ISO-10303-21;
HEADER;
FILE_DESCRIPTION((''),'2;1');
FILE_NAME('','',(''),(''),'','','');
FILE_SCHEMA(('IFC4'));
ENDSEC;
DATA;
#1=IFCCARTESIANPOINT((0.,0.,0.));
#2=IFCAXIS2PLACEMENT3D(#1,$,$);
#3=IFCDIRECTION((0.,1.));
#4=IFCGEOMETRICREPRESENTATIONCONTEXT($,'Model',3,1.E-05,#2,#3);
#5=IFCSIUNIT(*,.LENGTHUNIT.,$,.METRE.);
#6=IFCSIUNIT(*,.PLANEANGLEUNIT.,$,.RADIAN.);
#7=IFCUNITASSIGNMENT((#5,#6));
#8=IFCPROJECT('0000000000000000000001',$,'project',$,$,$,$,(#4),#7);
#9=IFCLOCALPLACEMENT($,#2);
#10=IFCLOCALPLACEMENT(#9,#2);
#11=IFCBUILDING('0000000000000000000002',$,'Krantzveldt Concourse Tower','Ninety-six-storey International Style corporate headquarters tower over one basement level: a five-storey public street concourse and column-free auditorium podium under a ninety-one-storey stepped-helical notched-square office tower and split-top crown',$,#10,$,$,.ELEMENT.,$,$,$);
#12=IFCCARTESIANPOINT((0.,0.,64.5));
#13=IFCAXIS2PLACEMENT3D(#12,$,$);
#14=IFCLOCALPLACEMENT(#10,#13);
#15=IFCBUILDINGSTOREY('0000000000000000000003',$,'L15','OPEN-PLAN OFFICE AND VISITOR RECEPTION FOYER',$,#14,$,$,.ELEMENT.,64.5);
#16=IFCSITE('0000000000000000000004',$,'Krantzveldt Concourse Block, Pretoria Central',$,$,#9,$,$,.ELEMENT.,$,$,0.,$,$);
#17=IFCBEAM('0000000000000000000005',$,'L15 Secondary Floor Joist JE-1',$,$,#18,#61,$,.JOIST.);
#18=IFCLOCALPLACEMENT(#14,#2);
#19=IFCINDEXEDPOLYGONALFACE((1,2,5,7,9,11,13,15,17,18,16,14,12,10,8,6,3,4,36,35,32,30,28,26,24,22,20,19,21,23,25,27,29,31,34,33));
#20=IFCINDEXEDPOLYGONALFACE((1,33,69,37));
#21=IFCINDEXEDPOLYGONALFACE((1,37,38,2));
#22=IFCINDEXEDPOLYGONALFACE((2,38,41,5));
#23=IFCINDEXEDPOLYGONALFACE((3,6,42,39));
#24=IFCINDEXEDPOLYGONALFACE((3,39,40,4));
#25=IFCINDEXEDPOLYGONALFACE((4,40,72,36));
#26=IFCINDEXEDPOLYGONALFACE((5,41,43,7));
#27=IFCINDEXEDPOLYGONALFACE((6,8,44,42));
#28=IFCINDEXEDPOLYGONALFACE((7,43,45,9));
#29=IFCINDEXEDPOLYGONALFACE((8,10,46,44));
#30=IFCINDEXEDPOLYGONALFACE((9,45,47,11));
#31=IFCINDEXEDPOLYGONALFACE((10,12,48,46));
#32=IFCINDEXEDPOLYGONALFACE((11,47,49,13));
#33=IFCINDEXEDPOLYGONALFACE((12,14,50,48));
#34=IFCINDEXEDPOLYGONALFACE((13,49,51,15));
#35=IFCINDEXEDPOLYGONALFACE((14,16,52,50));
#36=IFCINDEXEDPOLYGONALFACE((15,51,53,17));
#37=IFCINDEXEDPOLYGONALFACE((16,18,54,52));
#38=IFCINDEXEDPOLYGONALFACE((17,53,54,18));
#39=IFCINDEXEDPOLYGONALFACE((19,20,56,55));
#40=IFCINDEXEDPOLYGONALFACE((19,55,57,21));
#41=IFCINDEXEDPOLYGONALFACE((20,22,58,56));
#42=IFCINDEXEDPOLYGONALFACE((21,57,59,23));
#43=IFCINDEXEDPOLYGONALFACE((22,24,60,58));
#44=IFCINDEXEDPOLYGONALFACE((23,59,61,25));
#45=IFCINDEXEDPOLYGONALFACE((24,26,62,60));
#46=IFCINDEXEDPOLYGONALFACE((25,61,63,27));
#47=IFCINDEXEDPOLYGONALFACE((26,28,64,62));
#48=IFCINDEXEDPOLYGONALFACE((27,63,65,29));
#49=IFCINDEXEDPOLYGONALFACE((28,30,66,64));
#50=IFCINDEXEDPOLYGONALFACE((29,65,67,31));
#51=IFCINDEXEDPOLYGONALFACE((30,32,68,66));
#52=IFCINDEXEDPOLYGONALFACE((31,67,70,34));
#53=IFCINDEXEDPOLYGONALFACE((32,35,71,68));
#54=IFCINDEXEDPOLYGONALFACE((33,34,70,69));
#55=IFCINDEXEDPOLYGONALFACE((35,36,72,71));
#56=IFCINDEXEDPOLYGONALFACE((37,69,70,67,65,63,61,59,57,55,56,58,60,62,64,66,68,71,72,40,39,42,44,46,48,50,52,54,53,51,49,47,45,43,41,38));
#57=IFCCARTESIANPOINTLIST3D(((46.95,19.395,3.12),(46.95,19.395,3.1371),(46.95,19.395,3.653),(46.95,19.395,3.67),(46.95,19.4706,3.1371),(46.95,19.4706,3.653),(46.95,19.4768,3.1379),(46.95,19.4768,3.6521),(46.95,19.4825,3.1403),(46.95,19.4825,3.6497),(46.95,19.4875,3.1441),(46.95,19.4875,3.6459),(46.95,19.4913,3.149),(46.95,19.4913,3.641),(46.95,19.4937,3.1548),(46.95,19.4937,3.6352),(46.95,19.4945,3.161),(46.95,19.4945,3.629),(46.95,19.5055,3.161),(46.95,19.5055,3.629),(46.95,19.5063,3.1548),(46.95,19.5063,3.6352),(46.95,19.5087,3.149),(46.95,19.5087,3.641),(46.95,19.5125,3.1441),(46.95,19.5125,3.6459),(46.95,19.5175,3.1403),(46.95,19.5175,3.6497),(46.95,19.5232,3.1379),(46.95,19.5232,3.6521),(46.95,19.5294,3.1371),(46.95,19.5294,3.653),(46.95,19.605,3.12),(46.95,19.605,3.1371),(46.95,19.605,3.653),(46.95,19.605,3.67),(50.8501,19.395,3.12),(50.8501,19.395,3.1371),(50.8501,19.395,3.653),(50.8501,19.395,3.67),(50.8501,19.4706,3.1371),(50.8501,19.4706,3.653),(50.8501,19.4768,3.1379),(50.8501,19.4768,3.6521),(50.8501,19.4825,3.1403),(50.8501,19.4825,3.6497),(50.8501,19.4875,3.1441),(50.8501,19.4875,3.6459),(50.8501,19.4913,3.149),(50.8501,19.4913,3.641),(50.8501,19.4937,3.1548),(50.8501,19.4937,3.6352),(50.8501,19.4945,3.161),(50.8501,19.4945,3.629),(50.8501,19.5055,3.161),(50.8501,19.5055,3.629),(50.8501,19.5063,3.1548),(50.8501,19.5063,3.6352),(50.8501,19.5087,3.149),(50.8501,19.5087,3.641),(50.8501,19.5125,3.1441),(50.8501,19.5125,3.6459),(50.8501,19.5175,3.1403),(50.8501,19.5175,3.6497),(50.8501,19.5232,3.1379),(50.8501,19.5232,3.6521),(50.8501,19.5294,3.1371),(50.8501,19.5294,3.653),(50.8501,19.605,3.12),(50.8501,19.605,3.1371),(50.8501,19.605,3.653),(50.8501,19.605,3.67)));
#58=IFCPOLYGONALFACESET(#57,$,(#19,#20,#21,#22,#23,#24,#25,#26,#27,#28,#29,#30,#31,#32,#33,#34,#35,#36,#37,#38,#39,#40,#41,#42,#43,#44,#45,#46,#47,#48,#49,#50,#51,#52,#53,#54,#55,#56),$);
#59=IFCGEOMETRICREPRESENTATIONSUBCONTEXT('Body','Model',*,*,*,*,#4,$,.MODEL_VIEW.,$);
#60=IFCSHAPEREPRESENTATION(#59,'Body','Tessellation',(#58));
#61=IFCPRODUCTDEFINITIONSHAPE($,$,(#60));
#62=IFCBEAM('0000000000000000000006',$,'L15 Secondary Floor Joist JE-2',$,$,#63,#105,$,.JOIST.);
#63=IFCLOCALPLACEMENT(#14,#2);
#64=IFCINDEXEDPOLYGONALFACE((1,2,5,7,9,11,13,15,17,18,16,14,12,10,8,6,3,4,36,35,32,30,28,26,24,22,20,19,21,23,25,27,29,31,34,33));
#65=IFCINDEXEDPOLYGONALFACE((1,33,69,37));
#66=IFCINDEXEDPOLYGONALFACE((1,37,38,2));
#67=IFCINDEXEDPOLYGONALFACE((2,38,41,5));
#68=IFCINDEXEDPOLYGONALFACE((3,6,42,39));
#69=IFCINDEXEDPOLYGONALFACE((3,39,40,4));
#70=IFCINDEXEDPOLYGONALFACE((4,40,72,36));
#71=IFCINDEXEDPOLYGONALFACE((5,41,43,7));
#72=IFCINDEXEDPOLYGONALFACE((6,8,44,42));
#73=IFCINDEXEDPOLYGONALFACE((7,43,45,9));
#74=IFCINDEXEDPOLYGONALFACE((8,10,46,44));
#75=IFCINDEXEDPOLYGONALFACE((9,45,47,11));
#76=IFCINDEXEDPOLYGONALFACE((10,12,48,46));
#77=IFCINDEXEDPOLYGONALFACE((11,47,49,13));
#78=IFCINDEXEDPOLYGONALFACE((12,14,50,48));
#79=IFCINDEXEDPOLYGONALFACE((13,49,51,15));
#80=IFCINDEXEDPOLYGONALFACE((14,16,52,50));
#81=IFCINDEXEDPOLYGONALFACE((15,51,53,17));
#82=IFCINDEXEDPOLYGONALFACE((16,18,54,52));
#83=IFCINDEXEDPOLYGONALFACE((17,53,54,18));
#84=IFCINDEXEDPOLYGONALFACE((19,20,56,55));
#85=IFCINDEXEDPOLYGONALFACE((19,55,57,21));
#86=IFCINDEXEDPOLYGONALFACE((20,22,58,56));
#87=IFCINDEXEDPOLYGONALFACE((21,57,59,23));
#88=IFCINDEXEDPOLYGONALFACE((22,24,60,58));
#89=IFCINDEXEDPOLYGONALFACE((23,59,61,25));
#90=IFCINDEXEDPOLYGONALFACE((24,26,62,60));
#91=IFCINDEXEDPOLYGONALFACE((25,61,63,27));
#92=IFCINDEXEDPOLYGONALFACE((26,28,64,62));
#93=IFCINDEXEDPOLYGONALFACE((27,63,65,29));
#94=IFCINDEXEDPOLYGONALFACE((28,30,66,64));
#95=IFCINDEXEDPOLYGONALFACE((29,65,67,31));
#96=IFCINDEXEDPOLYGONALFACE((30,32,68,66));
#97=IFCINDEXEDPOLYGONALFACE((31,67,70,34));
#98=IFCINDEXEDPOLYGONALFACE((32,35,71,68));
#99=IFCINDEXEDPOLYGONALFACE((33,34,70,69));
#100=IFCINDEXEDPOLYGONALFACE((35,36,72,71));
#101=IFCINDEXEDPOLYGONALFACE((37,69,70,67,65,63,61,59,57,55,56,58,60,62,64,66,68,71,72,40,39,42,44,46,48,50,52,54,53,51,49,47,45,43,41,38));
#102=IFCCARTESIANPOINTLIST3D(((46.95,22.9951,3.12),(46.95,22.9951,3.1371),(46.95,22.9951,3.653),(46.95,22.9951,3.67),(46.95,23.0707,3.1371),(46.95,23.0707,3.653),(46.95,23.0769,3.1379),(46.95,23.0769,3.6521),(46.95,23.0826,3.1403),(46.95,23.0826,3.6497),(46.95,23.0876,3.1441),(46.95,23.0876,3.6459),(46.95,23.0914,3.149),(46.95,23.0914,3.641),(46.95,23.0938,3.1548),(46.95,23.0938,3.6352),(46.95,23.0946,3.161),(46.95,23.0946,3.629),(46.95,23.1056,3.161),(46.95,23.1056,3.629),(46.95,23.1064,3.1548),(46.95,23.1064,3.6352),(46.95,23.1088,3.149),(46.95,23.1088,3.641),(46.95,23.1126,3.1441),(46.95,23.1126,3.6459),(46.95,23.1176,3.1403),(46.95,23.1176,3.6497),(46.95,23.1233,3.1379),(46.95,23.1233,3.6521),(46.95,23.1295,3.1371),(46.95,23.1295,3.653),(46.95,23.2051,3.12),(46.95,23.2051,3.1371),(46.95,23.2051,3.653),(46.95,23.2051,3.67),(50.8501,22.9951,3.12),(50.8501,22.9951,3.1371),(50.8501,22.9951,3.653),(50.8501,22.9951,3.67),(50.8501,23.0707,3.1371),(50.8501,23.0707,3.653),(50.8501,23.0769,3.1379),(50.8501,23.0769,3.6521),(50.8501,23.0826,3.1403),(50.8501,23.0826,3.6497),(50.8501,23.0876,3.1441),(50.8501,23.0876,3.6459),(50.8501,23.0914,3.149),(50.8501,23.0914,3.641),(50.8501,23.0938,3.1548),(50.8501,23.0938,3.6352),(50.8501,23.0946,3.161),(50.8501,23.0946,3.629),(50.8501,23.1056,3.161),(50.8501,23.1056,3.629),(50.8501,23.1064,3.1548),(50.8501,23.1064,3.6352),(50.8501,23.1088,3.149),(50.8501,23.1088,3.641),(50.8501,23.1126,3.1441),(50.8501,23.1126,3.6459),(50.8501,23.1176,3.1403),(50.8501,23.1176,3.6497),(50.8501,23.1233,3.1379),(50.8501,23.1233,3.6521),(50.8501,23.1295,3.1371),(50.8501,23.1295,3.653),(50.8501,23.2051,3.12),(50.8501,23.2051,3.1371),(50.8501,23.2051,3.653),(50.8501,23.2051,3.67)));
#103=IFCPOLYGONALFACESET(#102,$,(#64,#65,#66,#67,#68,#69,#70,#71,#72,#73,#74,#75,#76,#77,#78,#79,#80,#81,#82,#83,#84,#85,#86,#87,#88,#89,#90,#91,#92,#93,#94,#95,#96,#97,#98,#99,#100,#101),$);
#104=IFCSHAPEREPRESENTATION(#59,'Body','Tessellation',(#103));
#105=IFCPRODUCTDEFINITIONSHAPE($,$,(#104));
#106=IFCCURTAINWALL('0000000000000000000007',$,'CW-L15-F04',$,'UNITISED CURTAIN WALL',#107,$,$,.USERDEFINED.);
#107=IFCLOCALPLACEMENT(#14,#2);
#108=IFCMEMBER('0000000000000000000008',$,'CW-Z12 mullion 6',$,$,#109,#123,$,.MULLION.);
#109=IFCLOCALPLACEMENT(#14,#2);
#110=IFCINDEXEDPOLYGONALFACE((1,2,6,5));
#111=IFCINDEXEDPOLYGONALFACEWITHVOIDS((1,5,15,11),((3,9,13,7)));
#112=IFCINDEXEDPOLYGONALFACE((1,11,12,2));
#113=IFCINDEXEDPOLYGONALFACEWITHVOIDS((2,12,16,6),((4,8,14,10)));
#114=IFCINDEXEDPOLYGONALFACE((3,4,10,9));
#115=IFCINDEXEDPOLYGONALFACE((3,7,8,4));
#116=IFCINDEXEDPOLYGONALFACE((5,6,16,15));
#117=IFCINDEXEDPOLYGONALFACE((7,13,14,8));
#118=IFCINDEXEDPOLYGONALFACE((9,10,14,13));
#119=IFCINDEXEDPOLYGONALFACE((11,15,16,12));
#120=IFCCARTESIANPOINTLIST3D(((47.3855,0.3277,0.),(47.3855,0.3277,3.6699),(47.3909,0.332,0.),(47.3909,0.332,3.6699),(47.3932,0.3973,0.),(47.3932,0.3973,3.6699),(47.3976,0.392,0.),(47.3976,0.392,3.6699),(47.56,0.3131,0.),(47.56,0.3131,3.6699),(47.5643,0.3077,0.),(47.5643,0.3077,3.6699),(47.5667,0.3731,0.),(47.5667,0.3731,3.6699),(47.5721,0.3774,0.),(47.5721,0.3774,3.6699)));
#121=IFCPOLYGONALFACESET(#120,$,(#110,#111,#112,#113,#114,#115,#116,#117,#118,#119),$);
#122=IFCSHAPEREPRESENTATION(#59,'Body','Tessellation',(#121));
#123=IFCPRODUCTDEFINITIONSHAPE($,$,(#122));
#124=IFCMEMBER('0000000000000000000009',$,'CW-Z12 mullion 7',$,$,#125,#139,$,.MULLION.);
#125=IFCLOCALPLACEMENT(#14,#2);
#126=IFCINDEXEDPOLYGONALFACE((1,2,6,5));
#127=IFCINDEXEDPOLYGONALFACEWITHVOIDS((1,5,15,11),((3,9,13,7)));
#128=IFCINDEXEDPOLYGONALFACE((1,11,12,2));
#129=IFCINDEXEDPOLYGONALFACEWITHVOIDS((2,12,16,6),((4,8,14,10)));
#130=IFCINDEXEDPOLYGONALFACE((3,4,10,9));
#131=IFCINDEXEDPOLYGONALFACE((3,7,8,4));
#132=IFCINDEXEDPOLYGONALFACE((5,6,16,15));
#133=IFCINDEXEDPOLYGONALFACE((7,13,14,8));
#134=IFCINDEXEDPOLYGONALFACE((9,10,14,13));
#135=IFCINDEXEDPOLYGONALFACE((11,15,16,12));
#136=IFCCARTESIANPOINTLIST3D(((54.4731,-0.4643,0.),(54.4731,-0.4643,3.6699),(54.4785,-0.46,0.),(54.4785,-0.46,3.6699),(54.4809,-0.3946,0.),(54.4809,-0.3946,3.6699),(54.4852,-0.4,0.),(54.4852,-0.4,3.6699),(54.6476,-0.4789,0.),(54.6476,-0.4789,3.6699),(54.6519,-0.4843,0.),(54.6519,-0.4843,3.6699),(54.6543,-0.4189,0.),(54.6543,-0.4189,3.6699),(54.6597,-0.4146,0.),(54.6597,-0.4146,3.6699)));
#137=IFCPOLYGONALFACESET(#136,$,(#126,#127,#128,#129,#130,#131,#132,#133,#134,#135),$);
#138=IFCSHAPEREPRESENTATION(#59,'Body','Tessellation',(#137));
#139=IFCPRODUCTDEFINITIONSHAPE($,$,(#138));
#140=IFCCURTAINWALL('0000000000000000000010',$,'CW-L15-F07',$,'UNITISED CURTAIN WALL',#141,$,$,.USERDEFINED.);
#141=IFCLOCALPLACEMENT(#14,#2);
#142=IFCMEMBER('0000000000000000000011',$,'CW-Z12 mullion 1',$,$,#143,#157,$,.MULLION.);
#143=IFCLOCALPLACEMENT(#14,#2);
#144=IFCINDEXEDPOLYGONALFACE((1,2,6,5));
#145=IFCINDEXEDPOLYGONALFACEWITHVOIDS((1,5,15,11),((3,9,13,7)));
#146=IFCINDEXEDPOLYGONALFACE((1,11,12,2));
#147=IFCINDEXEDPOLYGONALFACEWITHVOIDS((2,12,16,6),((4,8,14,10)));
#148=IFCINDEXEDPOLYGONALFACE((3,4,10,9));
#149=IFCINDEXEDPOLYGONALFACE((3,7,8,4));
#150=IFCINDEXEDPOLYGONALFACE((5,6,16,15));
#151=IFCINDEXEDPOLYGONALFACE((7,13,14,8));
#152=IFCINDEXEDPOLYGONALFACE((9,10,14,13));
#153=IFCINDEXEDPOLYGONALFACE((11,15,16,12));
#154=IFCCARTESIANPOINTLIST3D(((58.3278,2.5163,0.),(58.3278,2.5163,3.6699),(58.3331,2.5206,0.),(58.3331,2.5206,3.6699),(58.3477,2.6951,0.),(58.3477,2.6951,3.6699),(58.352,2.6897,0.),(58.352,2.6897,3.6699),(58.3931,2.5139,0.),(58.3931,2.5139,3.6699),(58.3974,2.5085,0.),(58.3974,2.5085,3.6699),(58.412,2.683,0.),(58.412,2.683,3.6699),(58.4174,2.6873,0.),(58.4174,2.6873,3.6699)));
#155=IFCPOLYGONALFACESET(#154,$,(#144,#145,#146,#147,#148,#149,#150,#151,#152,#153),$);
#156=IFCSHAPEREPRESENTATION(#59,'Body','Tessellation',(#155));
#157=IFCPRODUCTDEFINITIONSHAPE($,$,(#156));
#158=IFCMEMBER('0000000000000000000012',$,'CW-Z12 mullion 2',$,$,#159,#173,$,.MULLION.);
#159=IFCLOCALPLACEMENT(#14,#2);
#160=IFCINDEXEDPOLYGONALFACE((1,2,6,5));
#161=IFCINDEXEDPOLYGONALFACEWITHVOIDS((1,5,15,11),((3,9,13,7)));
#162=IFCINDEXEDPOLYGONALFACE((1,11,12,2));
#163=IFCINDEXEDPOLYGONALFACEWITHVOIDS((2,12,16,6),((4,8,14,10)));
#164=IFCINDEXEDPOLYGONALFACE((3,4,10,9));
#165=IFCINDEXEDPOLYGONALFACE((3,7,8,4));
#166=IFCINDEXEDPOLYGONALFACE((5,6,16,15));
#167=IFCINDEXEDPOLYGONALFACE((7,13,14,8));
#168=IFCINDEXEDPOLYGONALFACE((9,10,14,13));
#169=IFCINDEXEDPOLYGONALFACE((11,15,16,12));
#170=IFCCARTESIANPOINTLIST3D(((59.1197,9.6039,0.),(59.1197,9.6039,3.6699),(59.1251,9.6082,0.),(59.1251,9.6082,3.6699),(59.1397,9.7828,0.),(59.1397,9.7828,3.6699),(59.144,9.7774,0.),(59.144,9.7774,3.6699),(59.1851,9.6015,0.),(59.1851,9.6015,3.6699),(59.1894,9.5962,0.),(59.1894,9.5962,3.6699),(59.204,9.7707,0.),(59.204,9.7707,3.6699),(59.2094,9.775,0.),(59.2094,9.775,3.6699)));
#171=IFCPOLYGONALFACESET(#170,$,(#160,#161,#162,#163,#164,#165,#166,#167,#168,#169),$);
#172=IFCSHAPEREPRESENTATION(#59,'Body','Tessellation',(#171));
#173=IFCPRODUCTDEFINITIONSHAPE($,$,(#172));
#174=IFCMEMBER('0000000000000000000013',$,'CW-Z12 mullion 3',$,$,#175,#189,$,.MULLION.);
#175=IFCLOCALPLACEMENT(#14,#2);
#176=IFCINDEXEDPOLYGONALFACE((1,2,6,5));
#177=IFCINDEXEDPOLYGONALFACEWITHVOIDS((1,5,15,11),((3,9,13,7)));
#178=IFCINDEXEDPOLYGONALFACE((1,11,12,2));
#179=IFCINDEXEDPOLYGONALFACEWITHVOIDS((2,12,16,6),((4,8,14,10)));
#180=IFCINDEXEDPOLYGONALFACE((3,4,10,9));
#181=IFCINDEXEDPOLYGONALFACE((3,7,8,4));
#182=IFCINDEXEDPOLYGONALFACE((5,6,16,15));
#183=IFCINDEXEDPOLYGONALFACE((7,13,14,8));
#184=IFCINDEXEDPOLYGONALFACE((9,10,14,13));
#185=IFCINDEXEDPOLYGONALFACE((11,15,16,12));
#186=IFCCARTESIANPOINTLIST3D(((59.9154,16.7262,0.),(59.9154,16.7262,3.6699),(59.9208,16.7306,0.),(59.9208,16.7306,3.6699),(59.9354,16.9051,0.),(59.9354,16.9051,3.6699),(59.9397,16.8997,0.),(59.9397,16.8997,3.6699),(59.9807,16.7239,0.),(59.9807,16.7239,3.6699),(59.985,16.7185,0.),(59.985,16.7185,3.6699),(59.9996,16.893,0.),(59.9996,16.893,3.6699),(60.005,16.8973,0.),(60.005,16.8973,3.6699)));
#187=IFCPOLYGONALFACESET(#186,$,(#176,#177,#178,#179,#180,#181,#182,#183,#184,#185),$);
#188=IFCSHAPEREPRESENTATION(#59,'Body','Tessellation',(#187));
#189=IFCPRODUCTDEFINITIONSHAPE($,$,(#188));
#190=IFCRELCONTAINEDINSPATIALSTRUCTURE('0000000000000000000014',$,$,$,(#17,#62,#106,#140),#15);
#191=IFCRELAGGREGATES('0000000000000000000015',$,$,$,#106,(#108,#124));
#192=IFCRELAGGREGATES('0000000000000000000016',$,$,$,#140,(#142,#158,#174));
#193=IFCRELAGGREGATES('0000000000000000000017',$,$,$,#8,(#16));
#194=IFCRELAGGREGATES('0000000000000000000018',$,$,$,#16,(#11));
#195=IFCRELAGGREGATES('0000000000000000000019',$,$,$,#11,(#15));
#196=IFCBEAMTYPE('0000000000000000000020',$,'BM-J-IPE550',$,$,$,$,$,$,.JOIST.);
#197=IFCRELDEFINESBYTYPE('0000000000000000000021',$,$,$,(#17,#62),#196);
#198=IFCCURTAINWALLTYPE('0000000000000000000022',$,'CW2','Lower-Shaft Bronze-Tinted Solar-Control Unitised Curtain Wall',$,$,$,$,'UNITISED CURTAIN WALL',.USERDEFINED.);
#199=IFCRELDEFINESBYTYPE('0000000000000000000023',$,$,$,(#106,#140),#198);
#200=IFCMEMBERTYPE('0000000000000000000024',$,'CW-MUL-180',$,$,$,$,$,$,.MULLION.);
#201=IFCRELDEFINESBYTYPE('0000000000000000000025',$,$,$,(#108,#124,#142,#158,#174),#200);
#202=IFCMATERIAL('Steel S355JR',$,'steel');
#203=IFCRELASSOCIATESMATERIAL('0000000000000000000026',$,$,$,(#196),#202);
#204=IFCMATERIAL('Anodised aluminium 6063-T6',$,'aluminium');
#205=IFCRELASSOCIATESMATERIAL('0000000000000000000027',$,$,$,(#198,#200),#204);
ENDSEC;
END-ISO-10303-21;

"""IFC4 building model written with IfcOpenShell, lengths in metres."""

from ifc_helpers import new_model, si_unit, direction, frame, origin, origin_2d, place, context, subcontext, project, spatial, hollow_rectangle, i_section, extrude, source, transform, mapped, material, material_profile, profile_set, type_object, type_shapes, element, aggregate, save


model = new_model("IFC4")

# Units and contexts
model_context = context("Model", 3, precision=1e-05, world=origin(), true_north=direction((0.0, 1.0)))
body_context = subcontext(model_context, "Body", "Model", "MODEL_VIEW")
ifc_project = project(units=[si_unit("LENGTHUNIT", "METRE"), si_unit("PLANEANGLEUNIT", "RADIAN")], contexts=[model_context])

# Site, building, storey
site_placement = place(None, origin())
site = spatial("IfcSite", under=ifc_project, at=site_placement, Name="Krantzveldt Concourse Block, Pretoria Central", CompositionType="ELEMENT", RefElevation=0.0)
building_placement = place(site_placement, origin())
building = spatial("IfcBuilding", under=site, at=building_placement, Name="Krantzveldt Concourse Tower", Description="Ninety-six-storey International Style corporate headquarters tower over one basement level: a five-storey public street concourse and column-free auditorium podium under a ninety-one-storey stepped-helical notched-square office tower and split-top crown", CompositionType="ELEMENT")
storey_placement = place(building_placement, frame((0.0, 0.0, 64.5)))
storey = spatial("IfcBuildingStorey", under=building, at=storey_placement, Name="L15", Description="OPEN-PLAN OFFICE AND VISITOR RECEPTION FOYER", CompositionType="ELEMENT", Elevation=64.5)

# Beams
ifc_material_1 = material(Name="Steel S355JR", Category="steel")
ifc_material_profile_1 = material_profile(ifc_material_1, i_section(OverallWidth=0.21, OverallDepth=0.55, WebThickness=0.011, FlangeThickness=0.0171, FilletRadius=0.0239, at=origin_2d()), Name="Steel S355JR", Category="steel")
ifc_profile_set_1 = profile_set([ifc_material_profile_1], Name="Steel S355JR - IPE 550")
beam_type_1 = type_object("IfcBeamType", Name="BM-J-IPE550", PredefinedType="JOIST", material=ifc_profile_set_1)
shared_shape_1 = source(origin(), body_context, "Body", "SweptSolid", [
    extrude(i_section(OverallWidth=0.21, OverallDepth=0.55, WebThickness=0.011, FlangeThickness=0.0171, FilletRadius=0.0239, at=origin_2d()), origin(), (0.0, 0.0, 1.0), 3.9001),
])
type_shapes(beam_type_1, [shared_shape_1])
for number, where, z_axis, x_axis, name in (
    (1, (46.95, 19.5, 3.395), (1.0, 0.0, 0.0), (0.0, 1.0, 0.0), "L15 Secondary Floor Joist JE-1"),
    (2, (46.95, 23.1001, 3.395), (1.0, 0.0, 0.0), (0.0, 1.0, 0.0), "L15 Secondary Floor Joist JE-2"),
):
    element("IfcBeam", number, at=place(storey_placement, frame(where, z_axis=z_axis, x_axis=x_axis)), inside=storey, type_object=beam_type_1, Name=name, PredefinedType="JOIST", context=body_context, shape_type="MappedRepresentation", body=[
        mapped(shared_shape_1, transform((0.0, 0.0, 0.0), x_axis=(1.0, 0.0, 0.0), y_axis=(0.0, 1.0, 0.0), z_axis=(0.0, 0.0, 1.0), scale=1.0)),
    ])

# Curtain walls, members
ifc_material_2 = material(Name="Anodised aluminium 6063-T6", Category="aluminium")
curtain_wall_type = type_object("IfcCurtainWallType", Name="CW2", Description="Lower-Shaft Bronze-Tinted Solar-Control Unitised Curtain Wall", ElementType="UNITISED CURTAIN WALL", PredefinedType="USERDEFINED", material=ifc_material_2)
curtain_wall_1_placement = place(storey_placement, origin())
curtain_wall_1 = element("IfcCurtainWall", 3, at=curtain_wall_1_placement, inside=storey, type_object=curtain_wall_type, Name="CW-L15-F04", ObjectType="UNITISED CURTAIN WALL", PredefinedType="USERDEFINED")
ifc_material_profile_2 = material_profile(ifc_material_2, hollow_rectangle(XDim=0.0701, YDim=0.1799, WallThickness=0.0049, at=origin_2d()), Name="Anodised aluminium 6063-T6", Category="aluminium")
ifc_profile_set_2 = profile_set([ifc_material_profile_2], Name="Anodised aluminium 6063-T6 - ALU-MULL 180x70x5")
member_type_1 = type_object("IfcMemberType", Name="CW-MUL-180", PredefinedType="MULLION", material=ifc_profile_set_2)
shared_shape_2 = source(origin(), body_context, "Body", "SweptSolid", [
    extrude(hollow_rectangle(XDim=0.0701, YDim=0.1799, WallThickness=0.0049, at=origin_2d()), origin(), (0.0, 0.0, 1.0), 3.6699),
])
type_shapes(member_type_1, [shared_shape_2])
member_1_placement = place(storey_placement, frame((47.4788, 0.3525, 0.0), z_axis=(0.0, 0.0, 1.0), x_axis=(0.111035, 0.993816, 0.0)))
member_1 = element("IfcMember", 4, at=member_1_placement, type_object=member_type_1, Name="CW-Z12 mullion 6", PredefinedType="MULLION", context=body_context, shape_type="MappedRepresentation", body=[
    mapped(shared_shape_2, transform((0.0, 0.0, 0.0), x_axis=(1.0, 0.0, 0.0), y_axis=(0.0, 1.0, 0.0), z_axis=(0.0, 0.0, 1.0), scale=1.0)),
])
member_2_placement = place(storey_placement, frame((54.5664, -0.4395, 0.0), z_axis=(0.0, 0.0, 1.0), x_axis=(0.111035, 0.993816, 0.0)))
member_2 = element("IfcMember", 5, at=member_2_placement, type_object=member_type_1, Name="CW-Z12 mullion 7", PredefinedType="MULLION", context=body_context, shape_type="MappedRepresentation", body=[
    mapped(shared_shape_2, transform((0.0, 0.0, 0.0), x_axis=(1.0, 0.0, 0.0), y_axis=(0.0, 1.0, 0.0), z_axis=(0.0, 0.0, 1.0), scale=1.0)),
])
curtain_wall_2_placement = place(storey_placement, origin())
curtain_wall_2 = element("IfcCurtainWall", 6, at=curtain_wall_2_placement, inside=storey, type_object=curtain_wall_type, Name="CW-L15-F07", ObjectType="UNITISED CURTAIN WALL", PredefinedType="USERDEFINED")
member_3_placement = place(storey_placement, frame((58.3726, 2.6018, 0.0), z_axis=(0.0, 0.0, 1.0), x_axis=(-0.993816, 0.111035, 0.0)))
member_3 = element("IfcMember", 7, at=member_3_placement, type_object=member_type_1, Name="CW-Z12 mullion 1", PredefinedType="MULLION", context=body_context, shape_type="MappedRepresentation", body=[
    mapped(shared_shape_2, transform((0.0, 0.0, 0.0), x_axis=(1.0, 0.0, 0.0), y_axis=(0.0, 1.0, 0.0), z_axis=(0.0, 0.0, 1.0), scale=1.0)),
])
member_4_placement = place(storey_placement, frame((59.1646, 9.6895, 0.0), z_axis=(0.0, 0.0, 1.0), x_axis=(-0.993816, 0.111035, 0.0)))
member_4 = element("IfcMember", 8, at=member_4_placement, type_object=member_type_1, Name="CW-Z12 mullion 2", PredefinedType="MULLION", context=body_context, shape_type="MappedRepresentation", body=[
    mapped(shared_shape_2, transform((0.0, 0.0, 0.0), x_axis=(1.0, 0.0, 0.0), y_axis=(0.0, 1.0, 0.0), z_axis=(0.0, 0.0, 1.0), scale=1.0)),
])
member_5_placement = place(storey_placement, frame((59.9602, 16.8118, 0.0), z_axis=(0.0, 0.0, 1.0), x_axis=(-0.993816, 0.111035, 0.0)))
member_5 = element("IfcMember", 9, at=member_5_placement, type_object=member_type_1, Name="CW-Z12 mullion 3", PredefinedType="MULLION", context=body_context, shape_type="MappedRepresentation", body=[
    mapped(shared_shape_2, transform((0.0, 0.0, 0.0), x_axis=(1.0, 0.0, 0.0), y_axis=(0.0, 1.0, 0.0), z_axis=(0.0, 0.0, 1.0), scale=1.0)),
])

aggregate(curtain_wall_1, [member_1, member_2])
aggregate(curtain_wall_2, [member_3, member_4, member_5])

save(model, "model.ifc")
